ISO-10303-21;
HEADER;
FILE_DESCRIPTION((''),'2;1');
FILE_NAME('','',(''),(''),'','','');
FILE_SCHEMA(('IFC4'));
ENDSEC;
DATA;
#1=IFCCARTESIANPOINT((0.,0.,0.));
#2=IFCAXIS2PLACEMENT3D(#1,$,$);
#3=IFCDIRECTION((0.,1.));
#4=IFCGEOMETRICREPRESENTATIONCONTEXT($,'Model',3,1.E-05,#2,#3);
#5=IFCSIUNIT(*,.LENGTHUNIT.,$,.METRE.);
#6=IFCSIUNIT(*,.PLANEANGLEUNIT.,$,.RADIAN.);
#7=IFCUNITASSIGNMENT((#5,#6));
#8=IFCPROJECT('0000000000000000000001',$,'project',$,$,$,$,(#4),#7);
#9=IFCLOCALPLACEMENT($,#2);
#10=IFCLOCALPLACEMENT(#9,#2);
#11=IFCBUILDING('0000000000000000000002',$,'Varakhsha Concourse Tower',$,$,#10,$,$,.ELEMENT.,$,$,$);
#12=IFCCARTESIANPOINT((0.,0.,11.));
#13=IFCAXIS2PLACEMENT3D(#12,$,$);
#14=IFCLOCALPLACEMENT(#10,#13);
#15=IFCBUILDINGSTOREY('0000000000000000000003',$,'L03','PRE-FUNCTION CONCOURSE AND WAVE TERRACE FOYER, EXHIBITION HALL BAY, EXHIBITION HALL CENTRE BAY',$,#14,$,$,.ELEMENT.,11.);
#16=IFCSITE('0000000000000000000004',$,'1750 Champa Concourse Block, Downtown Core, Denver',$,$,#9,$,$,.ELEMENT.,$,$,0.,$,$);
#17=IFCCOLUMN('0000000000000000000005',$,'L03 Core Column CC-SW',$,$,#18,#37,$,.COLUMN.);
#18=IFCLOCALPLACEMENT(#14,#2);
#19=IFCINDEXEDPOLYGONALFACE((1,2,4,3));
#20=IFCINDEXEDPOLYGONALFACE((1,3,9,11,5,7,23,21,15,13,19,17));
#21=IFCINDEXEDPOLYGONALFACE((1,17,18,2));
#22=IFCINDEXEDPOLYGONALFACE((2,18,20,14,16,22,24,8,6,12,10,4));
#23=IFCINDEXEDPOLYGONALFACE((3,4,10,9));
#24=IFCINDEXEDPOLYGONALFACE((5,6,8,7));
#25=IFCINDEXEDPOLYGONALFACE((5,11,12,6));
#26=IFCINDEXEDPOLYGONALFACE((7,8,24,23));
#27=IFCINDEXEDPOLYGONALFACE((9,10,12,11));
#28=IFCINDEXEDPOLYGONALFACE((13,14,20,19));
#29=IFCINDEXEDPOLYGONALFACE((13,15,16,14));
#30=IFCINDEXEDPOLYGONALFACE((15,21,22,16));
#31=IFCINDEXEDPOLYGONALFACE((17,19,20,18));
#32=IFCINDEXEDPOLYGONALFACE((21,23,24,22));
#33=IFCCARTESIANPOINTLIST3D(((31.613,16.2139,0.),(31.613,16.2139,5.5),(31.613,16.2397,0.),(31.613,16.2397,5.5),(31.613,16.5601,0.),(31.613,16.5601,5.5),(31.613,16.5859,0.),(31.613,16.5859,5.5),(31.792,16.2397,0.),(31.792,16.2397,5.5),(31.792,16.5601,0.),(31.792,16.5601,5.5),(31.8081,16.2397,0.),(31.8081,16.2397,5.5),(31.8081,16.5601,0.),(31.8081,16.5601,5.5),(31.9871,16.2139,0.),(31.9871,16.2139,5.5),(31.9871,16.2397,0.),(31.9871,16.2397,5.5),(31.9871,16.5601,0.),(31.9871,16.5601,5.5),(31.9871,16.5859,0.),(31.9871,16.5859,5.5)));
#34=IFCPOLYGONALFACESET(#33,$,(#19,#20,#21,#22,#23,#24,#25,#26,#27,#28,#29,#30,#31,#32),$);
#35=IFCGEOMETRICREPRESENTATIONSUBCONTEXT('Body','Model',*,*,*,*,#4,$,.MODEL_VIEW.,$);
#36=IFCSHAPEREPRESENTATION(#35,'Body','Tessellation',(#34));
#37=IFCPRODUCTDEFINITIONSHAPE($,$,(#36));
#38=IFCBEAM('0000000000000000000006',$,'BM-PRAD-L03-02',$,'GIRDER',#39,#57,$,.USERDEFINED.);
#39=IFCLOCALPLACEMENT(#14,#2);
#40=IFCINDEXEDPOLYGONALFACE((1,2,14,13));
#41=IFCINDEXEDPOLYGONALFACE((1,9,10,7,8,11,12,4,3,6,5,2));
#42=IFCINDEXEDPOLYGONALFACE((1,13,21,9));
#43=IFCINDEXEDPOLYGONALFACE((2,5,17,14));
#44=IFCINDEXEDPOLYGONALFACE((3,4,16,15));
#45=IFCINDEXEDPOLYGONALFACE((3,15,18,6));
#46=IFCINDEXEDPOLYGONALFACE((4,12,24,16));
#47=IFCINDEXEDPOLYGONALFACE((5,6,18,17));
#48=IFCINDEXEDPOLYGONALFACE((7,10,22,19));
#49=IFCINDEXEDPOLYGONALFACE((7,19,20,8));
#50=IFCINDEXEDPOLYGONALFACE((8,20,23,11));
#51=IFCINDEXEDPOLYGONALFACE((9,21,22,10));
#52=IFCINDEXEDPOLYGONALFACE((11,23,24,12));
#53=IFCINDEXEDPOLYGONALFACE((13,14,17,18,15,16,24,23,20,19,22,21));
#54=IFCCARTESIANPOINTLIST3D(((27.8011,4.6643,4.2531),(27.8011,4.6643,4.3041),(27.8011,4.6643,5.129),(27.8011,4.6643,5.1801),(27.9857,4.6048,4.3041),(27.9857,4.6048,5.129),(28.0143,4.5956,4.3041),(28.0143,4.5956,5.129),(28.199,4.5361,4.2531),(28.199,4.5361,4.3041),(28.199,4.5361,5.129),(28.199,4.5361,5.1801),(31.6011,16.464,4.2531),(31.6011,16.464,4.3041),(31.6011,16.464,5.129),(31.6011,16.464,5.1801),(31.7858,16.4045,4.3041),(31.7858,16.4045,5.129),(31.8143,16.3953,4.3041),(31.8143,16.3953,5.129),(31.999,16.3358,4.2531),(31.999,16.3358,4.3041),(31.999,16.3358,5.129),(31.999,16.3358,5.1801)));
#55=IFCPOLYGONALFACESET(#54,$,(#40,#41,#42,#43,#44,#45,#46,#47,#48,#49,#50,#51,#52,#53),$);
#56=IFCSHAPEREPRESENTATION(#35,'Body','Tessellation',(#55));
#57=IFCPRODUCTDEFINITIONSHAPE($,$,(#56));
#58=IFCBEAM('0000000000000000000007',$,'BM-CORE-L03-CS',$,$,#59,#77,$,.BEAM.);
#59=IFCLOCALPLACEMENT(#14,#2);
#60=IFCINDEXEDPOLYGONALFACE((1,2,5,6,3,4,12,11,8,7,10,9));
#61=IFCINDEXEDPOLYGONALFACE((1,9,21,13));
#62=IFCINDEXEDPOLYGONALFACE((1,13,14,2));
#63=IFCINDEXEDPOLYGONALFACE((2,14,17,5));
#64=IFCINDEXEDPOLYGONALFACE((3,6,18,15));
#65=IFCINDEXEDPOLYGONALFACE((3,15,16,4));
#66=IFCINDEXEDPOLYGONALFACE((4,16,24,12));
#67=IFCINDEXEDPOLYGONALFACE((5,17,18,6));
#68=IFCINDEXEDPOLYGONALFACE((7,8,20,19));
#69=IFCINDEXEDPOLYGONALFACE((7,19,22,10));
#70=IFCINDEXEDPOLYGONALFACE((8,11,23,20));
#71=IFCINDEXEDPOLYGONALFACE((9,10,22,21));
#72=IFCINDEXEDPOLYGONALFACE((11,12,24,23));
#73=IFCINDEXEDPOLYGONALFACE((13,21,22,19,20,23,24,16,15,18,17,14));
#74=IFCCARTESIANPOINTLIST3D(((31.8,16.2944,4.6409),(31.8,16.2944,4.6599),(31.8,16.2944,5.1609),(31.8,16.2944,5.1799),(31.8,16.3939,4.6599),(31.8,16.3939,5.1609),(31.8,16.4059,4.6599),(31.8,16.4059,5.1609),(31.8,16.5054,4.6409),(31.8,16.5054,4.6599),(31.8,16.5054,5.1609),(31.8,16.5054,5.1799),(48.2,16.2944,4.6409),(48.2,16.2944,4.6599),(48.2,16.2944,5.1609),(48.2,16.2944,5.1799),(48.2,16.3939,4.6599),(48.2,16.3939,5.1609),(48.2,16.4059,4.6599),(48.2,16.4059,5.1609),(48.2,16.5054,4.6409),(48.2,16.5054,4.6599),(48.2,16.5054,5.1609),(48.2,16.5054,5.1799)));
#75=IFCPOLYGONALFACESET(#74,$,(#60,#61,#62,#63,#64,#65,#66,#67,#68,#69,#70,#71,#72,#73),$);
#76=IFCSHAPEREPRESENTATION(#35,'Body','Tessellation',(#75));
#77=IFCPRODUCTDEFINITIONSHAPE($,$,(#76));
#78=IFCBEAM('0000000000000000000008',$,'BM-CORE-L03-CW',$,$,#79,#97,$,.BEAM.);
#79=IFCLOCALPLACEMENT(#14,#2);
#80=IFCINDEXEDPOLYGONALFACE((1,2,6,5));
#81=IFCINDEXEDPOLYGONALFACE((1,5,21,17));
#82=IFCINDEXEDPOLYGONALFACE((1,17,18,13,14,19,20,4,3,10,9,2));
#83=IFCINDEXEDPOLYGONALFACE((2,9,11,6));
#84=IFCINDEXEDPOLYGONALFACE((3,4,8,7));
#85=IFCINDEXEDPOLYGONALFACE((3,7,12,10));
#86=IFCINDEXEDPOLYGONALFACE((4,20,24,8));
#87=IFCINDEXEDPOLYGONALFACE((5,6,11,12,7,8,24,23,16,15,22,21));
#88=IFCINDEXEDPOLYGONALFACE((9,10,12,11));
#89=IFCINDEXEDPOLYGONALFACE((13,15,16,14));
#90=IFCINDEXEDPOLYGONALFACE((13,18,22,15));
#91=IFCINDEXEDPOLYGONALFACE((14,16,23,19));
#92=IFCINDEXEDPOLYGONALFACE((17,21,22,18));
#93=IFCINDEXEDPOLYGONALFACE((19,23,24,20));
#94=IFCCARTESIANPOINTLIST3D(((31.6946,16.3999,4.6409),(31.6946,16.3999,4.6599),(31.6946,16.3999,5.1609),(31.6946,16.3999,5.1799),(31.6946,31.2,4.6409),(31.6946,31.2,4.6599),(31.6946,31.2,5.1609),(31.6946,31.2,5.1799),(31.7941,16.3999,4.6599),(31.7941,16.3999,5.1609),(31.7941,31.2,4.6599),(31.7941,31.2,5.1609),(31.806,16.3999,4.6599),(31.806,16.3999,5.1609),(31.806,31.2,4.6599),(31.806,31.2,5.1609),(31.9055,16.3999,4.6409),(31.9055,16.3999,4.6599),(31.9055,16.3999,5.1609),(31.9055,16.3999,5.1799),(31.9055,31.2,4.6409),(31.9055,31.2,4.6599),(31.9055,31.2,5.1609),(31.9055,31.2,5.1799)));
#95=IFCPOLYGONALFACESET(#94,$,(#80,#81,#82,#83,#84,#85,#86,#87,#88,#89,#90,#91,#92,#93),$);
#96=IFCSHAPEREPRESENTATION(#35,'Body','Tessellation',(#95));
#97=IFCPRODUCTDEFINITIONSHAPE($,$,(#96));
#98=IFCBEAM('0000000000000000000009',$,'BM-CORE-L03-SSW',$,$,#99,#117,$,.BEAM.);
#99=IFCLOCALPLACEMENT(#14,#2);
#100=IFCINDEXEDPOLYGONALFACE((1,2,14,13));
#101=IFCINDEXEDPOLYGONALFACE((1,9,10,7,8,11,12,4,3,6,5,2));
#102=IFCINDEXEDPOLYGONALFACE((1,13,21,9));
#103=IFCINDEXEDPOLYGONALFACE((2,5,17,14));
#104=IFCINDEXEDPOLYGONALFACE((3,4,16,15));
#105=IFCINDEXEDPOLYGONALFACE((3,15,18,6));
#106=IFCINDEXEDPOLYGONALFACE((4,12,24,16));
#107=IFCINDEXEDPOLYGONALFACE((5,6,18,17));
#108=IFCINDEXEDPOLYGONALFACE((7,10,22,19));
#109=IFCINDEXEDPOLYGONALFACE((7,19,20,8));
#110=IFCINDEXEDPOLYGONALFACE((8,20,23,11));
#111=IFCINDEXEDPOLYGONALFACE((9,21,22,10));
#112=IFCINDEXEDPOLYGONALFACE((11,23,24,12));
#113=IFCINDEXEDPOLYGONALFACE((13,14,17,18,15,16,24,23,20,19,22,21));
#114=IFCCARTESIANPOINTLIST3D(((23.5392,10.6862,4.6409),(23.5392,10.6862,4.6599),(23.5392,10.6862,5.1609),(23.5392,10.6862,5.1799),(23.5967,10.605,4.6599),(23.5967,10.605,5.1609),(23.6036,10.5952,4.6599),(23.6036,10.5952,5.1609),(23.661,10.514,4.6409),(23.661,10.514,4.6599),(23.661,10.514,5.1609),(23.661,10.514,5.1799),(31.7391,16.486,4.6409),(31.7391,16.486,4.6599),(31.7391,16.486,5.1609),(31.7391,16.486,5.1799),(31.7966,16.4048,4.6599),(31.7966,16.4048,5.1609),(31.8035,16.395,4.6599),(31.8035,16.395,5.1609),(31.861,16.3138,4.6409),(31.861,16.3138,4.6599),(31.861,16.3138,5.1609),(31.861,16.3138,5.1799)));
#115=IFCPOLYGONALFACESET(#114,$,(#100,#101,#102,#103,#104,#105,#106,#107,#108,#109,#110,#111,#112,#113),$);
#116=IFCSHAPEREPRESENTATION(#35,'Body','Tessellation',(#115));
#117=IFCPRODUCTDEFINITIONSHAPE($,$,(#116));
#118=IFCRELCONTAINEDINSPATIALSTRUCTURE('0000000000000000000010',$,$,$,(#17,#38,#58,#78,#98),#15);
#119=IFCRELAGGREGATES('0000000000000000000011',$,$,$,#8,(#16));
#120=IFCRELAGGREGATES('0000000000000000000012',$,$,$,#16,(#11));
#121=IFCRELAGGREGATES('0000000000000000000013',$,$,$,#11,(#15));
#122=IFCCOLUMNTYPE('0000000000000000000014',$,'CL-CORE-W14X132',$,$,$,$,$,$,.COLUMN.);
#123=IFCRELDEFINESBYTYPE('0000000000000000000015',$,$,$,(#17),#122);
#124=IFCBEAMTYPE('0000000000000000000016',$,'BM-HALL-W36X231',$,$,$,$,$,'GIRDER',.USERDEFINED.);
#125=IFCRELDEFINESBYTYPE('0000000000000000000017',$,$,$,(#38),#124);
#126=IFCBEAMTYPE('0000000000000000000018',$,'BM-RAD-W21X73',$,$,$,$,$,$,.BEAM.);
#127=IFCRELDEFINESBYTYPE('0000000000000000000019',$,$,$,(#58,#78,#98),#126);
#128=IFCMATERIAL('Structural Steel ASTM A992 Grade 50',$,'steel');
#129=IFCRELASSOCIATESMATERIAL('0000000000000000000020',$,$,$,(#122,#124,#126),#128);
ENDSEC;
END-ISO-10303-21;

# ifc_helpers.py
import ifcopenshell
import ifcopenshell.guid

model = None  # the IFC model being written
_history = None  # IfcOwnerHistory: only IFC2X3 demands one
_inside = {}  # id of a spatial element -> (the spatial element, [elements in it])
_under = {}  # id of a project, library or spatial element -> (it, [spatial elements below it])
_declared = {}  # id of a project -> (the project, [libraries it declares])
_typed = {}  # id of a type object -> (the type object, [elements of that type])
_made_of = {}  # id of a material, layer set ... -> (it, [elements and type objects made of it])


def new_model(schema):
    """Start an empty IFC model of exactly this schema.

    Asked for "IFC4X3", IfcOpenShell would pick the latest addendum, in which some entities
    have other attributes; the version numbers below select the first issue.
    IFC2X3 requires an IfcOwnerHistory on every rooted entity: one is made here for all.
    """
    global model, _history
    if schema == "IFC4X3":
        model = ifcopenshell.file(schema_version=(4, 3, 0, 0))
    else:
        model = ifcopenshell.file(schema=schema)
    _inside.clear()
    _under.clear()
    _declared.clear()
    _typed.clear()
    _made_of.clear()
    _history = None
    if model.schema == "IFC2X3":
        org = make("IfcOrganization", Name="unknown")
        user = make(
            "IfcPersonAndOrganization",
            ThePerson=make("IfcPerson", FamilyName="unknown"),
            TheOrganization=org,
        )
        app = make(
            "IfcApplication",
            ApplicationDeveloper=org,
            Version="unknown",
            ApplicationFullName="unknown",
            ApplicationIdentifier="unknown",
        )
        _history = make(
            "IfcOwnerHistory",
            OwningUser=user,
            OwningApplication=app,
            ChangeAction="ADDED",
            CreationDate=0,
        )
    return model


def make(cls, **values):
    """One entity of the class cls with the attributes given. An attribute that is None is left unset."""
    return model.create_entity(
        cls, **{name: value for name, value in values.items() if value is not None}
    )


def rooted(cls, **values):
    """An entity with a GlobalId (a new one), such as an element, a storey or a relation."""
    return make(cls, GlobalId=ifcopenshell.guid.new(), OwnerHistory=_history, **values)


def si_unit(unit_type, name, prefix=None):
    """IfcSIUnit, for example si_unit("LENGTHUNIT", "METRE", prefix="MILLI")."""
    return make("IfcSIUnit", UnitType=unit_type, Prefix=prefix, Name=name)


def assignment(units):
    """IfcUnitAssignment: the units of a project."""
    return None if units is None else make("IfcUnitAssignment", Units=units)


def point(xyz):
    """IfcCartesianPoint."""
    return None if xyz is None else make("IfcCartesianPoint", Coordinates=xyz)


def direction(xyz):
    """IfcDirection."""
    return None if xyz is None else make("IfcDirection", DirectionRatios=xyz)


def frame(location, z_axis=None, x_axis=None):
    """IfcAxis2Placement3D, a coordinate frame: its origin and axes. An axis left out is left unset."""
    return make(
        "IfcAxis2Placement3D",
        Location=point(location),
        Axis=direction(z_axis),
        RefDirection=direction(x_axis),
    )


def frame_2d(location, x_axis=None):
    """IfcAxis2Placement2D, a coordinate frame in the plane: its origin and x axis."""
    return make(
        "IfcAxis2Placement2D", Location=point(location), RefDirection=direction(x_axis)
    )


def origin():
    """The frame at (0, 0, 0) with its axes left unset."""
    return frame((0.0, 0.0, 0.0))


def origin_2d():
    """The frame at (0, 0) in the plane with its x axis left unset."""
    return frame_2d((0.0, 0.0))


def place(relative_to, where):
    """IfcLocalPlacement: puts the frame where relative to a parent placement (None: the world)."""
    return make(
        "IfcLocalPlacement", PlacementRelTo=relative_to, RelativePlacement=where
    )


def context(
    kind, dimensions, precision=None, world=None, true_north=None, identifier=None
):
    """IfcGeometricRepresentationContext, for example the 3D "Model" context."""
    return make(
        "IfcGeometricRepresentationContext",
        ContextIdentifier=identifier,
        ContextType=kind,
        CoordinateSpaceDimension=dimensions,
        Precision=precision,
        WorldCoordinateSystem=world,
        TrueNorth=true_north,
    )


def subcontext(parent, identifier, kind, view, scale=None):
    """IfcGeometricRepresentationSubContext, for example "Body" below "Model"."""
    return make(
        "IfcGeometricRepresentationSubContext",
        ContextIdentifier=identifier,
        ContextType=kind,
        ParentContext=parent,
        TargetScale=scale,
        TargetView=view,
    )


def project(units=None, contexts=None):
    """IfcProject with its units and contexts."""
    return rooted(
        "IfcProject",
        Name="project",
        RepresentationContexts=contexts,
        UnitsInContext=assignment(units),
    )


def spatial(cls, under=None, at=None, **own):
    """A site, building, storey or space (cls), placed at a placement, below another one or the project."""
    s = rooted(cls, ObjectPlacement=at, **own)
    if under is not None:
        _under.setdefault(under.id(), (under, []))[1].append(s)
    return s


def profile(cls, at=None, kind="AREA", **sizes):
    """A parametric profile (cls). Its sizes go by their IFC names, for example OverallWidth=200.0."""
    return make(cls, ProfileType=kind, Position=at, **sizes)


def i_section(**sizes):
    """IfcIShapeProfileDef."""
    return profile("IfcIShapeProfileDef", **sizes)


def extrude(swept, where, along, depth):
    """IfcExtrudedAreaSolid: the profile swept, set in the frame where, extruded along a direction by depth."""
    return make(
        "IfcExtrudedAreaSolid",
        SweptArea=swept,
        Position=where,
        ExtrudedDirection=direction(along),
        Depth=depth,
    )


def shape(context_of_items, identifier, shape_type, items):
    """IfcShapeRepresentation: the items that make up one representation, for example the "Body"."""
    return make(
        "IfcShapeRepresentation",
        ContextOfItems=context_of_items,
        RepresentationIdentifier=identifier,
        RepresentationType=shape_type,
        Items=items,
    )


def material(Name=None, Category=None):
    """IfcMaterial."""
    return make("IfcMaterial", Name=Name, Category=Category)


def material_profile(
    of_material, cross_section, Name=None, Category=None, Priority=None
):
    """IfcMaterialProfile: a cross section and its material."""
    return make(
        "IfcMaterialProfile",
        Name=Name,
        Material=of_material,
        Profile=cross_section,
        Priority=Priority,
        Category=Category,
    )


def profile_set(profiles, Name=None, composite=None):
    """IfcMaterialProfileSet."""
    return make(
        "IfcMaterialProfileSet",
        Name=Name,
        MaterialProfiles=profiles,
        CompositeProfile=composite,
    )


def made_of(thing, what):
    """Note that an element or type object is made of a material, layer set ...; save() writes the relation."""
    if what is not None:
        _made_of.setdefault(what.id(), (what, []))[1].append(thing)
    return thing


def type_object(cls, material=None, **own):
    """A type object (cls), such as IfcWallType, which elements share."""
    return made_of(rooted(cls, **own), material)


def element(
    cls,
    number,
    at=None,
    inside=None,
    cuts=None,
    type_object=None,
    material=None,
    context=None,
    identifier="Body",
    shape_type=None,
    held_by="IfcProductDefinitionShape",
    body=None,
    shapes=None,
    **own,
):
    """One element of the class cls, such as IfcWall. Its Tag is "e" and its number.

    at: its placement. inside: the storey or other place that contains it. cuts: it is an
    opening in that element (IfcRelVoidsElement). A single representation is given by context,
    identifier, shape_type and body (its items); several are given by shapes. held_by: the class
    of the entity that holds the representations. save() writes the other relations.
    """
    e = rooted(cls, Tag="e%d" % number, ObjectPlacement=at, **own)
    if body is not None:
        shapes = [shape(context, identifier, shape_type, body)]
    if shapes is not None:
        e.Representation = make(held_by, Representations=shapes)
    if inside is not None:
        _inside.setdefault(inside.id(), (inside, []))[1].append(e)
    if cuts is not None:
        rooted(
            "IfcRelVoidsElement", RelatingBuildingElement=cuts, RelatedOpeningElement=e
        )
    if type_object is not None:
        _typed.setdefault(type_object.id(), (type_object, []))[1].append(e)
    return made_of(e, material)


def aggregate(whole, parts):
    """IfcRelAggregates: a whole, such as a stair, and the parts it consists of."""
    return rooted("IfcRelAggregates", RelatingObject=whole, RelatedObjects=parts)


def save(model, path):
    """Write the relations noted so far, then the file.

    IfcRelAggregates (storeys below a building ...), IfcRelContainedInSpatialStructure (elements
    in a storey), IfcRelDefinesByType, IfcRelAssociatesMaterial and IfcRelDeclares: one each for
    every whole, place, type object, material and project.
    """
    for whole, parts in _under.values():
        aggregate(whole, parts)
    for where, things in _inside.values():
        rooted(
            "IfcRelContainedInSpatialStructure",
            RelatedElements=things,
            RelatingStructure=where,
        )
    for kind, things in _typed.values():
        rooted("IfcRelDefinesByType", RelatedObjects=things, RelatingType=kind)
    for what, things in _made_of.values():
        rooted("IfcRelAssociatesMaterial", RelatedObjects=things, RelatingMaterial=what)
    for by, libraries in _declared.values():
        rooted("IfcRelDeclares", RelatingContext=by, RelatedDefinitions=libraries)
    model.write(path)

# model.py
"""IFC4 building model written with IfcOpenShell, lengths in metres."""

from ifc_helpers import new_model, si_unit, direction, frame, origin, origin_2d, place, context, subcontext, project, spatial, i_section, extrude, material, material_profile, profile_set, type_object, element, save


model = new_model("IFC4")

# Units and contexts
model_context = context("Model", 3, precision=1e-05, world=origin(), true_north=direction((0.0, 1.0)))
body_context = subcontext(model_context, "Body", "Model", "MODEL_VIEW")
ifc_project = project(units=[si_unit("LENGTHUNIT", "METRE"), si_unit("PLANEANGLEUNIT", "RADIAN")], contexts=[model_context])

# Site, building, storey
site_placement = place(None, origin())
site = spatial("IfcSite", under=ifc_project, at=site_placement, Name="1750 Champa Concourse Block, Downtown Core, Denver", CompositionType="ELEMENT", RefElevation=0.0)
building_placement = place(site_placement, origin())
building = spatial("IfcBuilding", under=site, at=building_placement, Name="Varakhsha Concourse Tower", CompositionType="ELEMENT")
storey_placement = place(building_placement, frame((0.0, 0.0, 11.0)))
storey = spatial("IfcBuildingStorey", under=building, at=storey_placement, Name="L03", Description="PRE-FUNCTION CONCOURSE AND WAVE TERRACE FOYER, EXHIBITION HALL BAY, EXHIBITION HALL CENTRE BAY", CompositionType="ELEMENT", Elevation=11.0)

# Column
ifc_material_1 = material(Name="Structural Steel ASTM A992 Grade 50", Category="steel")
ifc_material_profile_1 = material_profile(ifc_material_1, i_section(OverallWidth=0.374, OverallDepth=0.3721, WebThickness=0.0161, FlangeThickness=0.0259, at=origin_2d()), Name="W14X132")
ifc_profile_set_1 = profile_set([ifc_material_profile_1], Name="Structural Steel ASTM A992 Grade 50")
column_type = type_object("IfcColumnType", Name="CL-CORE-W14X132", PredefinedType="COLUMN", material=ifc_profile_set_1)
column_placement = place(storey_placement, frame((31.8, 16.3999, 0.0), z_axis=(0.0, 0.0, 1.0), x_axis=(1.0, 0.0, 0.0)))
element("IfcColumn", 1, at=column_placement, inside=storey, type_object=column_type, Name="L03 Core Column CC-SW", PredefinedType="COLUMN", context=body_context, shape_type="SweptSolid", body=[
    extrude(i_section(OverallWidth=0.374, OverallDepth=0.3721, WebThickness=0.0161, FlangeThickness=0.0259, at=origin_2d()), origin(), (0.0, 0.0, 1.0), 5.5),
])

# Beams
ifc_material_profile_2 = material_profile(ifc_material_1, i_section(OverallWidth=0.418, OverallDepth=0.927, WebThickness=0.03, FlangeThickness=0.051, at=origin_2d()), Name="W36X231")
ifc_profile_set_2 = profile_set([ifc_material_profile_2], Name="Structural Steel ASTM A992 Grade 50")
beam_type_1 = type_object("IfcBeamType", Name="BM-HALL-W36X231", ElementType="GIRDER", PredefinedType="USERDEFINED", material=ifc_profile_set_2)
beam_1_placement = place(storey_placement, frame((31.8, 16.3999, 4.7166), z_axis=(-0.30654, -0.951858, 0.0), x_axis=(0.951858, -0.30654, 0.0)))
element("IfcBeam", 2, at=beam_1_placement, inside=storey, type_object=beam_type_1, Name="BM-PRAD-L03-02", ObjectType="GIRDER", PredefinedType="USERDEFINED", context=body_context, shape_type="SweptSolid", body=[
    extrude(i_section(OverallWidth=0.418, OverallDepth=0.927, WebThickness=0.03, FlangeThickness=0.051, at=origin_2d()), origin(), (0.0, 0.0, 1.0), 12.3965),
])
ifc_material_profile_3 = material_profile(ifc_material_1, i_section(OverallWidth=0.2109, OverallDepth=0.5391, WebThickness=0.012, FlangeThickness=0.019, at=origin_2d()), Name="W21X73")
ifc_profile_set_3 = profile_set([ifc_material_profile_3], Name="Structural Steel ASTM A992 Grade 50")
beam_type_2 = type_object("IfcBeamType", Name="BM-RAD-W21X73", PredefinedType="BEAM", material=ifc_profile_set_3)
beam_2_placement = place(storey_placement, frame((31.8, 16.3999, 4.9104), z_axis=(1.0, 0.0, 0.0), x_axis=(0.0, 1.0, 0.0)))
element("IfcBeam", 3, at=beam_2_placement, inside=storey, type_object=beam_type_2, Name="BM-CORE-L03-CS", PredefinedType="BEAM", context=body_context, shape_type="SweptSolid", body=[
    extrude(i_section(OverallWidth=0.2109, OverallDepth=0.5391, WebThickness=0.012, FlangeThickness=0.019, at=origin_2d()), origin(), (0.0, 0.0, 1.0), 16.3999),
])
beam_3_placement = place(storey_placement, frame((31.8, 16.3999, 4.9104), z_axis=(0.0, 1.0, 0.0), x_axis=(-1.0, 0.0, 0.0)))
element("IfcBeam", 4, at=beam_3_placement, inside=storey, type_object=beam_type_2, Name="BM-CORE-L03-CW", PredefinedType="BEAM", context=body_context, shape_type="SweptSolid", body=[
    extrude(i_section(OverallWidth=0.2109, OverallDepth=0.5391, WebThickness=0.012, FlangeThickness=0.019, at=origin_2d()), origin(), (0.0, 0.0, 1.0), 14.8),
])
beam_4_placement = place(storey_placement, frame((31.8, 16.3999, 4.9104), z_axis=(-0.816423, -0.577454, 0.0), x_axis=(0.577454, -0.816423, 0.0)))
element("IfcBeam", 5, at=beam_4_placement, inside=storey, type_object=beam_type_2, Name="BM-CORE-L03-SSW", PredefinedType="BEAM", context=body_context, shape_type="SweptSolid", body=[
    extrude(i_section(OverallWidth=0.2109, OverallDepth=0.5391, WebThickness=0.012, FlangeThickness=0.019, at=origin_2d()), origin(), (0.0, 0.0, 1.0), 10.0437),
])

save(model, "model.ifc")
